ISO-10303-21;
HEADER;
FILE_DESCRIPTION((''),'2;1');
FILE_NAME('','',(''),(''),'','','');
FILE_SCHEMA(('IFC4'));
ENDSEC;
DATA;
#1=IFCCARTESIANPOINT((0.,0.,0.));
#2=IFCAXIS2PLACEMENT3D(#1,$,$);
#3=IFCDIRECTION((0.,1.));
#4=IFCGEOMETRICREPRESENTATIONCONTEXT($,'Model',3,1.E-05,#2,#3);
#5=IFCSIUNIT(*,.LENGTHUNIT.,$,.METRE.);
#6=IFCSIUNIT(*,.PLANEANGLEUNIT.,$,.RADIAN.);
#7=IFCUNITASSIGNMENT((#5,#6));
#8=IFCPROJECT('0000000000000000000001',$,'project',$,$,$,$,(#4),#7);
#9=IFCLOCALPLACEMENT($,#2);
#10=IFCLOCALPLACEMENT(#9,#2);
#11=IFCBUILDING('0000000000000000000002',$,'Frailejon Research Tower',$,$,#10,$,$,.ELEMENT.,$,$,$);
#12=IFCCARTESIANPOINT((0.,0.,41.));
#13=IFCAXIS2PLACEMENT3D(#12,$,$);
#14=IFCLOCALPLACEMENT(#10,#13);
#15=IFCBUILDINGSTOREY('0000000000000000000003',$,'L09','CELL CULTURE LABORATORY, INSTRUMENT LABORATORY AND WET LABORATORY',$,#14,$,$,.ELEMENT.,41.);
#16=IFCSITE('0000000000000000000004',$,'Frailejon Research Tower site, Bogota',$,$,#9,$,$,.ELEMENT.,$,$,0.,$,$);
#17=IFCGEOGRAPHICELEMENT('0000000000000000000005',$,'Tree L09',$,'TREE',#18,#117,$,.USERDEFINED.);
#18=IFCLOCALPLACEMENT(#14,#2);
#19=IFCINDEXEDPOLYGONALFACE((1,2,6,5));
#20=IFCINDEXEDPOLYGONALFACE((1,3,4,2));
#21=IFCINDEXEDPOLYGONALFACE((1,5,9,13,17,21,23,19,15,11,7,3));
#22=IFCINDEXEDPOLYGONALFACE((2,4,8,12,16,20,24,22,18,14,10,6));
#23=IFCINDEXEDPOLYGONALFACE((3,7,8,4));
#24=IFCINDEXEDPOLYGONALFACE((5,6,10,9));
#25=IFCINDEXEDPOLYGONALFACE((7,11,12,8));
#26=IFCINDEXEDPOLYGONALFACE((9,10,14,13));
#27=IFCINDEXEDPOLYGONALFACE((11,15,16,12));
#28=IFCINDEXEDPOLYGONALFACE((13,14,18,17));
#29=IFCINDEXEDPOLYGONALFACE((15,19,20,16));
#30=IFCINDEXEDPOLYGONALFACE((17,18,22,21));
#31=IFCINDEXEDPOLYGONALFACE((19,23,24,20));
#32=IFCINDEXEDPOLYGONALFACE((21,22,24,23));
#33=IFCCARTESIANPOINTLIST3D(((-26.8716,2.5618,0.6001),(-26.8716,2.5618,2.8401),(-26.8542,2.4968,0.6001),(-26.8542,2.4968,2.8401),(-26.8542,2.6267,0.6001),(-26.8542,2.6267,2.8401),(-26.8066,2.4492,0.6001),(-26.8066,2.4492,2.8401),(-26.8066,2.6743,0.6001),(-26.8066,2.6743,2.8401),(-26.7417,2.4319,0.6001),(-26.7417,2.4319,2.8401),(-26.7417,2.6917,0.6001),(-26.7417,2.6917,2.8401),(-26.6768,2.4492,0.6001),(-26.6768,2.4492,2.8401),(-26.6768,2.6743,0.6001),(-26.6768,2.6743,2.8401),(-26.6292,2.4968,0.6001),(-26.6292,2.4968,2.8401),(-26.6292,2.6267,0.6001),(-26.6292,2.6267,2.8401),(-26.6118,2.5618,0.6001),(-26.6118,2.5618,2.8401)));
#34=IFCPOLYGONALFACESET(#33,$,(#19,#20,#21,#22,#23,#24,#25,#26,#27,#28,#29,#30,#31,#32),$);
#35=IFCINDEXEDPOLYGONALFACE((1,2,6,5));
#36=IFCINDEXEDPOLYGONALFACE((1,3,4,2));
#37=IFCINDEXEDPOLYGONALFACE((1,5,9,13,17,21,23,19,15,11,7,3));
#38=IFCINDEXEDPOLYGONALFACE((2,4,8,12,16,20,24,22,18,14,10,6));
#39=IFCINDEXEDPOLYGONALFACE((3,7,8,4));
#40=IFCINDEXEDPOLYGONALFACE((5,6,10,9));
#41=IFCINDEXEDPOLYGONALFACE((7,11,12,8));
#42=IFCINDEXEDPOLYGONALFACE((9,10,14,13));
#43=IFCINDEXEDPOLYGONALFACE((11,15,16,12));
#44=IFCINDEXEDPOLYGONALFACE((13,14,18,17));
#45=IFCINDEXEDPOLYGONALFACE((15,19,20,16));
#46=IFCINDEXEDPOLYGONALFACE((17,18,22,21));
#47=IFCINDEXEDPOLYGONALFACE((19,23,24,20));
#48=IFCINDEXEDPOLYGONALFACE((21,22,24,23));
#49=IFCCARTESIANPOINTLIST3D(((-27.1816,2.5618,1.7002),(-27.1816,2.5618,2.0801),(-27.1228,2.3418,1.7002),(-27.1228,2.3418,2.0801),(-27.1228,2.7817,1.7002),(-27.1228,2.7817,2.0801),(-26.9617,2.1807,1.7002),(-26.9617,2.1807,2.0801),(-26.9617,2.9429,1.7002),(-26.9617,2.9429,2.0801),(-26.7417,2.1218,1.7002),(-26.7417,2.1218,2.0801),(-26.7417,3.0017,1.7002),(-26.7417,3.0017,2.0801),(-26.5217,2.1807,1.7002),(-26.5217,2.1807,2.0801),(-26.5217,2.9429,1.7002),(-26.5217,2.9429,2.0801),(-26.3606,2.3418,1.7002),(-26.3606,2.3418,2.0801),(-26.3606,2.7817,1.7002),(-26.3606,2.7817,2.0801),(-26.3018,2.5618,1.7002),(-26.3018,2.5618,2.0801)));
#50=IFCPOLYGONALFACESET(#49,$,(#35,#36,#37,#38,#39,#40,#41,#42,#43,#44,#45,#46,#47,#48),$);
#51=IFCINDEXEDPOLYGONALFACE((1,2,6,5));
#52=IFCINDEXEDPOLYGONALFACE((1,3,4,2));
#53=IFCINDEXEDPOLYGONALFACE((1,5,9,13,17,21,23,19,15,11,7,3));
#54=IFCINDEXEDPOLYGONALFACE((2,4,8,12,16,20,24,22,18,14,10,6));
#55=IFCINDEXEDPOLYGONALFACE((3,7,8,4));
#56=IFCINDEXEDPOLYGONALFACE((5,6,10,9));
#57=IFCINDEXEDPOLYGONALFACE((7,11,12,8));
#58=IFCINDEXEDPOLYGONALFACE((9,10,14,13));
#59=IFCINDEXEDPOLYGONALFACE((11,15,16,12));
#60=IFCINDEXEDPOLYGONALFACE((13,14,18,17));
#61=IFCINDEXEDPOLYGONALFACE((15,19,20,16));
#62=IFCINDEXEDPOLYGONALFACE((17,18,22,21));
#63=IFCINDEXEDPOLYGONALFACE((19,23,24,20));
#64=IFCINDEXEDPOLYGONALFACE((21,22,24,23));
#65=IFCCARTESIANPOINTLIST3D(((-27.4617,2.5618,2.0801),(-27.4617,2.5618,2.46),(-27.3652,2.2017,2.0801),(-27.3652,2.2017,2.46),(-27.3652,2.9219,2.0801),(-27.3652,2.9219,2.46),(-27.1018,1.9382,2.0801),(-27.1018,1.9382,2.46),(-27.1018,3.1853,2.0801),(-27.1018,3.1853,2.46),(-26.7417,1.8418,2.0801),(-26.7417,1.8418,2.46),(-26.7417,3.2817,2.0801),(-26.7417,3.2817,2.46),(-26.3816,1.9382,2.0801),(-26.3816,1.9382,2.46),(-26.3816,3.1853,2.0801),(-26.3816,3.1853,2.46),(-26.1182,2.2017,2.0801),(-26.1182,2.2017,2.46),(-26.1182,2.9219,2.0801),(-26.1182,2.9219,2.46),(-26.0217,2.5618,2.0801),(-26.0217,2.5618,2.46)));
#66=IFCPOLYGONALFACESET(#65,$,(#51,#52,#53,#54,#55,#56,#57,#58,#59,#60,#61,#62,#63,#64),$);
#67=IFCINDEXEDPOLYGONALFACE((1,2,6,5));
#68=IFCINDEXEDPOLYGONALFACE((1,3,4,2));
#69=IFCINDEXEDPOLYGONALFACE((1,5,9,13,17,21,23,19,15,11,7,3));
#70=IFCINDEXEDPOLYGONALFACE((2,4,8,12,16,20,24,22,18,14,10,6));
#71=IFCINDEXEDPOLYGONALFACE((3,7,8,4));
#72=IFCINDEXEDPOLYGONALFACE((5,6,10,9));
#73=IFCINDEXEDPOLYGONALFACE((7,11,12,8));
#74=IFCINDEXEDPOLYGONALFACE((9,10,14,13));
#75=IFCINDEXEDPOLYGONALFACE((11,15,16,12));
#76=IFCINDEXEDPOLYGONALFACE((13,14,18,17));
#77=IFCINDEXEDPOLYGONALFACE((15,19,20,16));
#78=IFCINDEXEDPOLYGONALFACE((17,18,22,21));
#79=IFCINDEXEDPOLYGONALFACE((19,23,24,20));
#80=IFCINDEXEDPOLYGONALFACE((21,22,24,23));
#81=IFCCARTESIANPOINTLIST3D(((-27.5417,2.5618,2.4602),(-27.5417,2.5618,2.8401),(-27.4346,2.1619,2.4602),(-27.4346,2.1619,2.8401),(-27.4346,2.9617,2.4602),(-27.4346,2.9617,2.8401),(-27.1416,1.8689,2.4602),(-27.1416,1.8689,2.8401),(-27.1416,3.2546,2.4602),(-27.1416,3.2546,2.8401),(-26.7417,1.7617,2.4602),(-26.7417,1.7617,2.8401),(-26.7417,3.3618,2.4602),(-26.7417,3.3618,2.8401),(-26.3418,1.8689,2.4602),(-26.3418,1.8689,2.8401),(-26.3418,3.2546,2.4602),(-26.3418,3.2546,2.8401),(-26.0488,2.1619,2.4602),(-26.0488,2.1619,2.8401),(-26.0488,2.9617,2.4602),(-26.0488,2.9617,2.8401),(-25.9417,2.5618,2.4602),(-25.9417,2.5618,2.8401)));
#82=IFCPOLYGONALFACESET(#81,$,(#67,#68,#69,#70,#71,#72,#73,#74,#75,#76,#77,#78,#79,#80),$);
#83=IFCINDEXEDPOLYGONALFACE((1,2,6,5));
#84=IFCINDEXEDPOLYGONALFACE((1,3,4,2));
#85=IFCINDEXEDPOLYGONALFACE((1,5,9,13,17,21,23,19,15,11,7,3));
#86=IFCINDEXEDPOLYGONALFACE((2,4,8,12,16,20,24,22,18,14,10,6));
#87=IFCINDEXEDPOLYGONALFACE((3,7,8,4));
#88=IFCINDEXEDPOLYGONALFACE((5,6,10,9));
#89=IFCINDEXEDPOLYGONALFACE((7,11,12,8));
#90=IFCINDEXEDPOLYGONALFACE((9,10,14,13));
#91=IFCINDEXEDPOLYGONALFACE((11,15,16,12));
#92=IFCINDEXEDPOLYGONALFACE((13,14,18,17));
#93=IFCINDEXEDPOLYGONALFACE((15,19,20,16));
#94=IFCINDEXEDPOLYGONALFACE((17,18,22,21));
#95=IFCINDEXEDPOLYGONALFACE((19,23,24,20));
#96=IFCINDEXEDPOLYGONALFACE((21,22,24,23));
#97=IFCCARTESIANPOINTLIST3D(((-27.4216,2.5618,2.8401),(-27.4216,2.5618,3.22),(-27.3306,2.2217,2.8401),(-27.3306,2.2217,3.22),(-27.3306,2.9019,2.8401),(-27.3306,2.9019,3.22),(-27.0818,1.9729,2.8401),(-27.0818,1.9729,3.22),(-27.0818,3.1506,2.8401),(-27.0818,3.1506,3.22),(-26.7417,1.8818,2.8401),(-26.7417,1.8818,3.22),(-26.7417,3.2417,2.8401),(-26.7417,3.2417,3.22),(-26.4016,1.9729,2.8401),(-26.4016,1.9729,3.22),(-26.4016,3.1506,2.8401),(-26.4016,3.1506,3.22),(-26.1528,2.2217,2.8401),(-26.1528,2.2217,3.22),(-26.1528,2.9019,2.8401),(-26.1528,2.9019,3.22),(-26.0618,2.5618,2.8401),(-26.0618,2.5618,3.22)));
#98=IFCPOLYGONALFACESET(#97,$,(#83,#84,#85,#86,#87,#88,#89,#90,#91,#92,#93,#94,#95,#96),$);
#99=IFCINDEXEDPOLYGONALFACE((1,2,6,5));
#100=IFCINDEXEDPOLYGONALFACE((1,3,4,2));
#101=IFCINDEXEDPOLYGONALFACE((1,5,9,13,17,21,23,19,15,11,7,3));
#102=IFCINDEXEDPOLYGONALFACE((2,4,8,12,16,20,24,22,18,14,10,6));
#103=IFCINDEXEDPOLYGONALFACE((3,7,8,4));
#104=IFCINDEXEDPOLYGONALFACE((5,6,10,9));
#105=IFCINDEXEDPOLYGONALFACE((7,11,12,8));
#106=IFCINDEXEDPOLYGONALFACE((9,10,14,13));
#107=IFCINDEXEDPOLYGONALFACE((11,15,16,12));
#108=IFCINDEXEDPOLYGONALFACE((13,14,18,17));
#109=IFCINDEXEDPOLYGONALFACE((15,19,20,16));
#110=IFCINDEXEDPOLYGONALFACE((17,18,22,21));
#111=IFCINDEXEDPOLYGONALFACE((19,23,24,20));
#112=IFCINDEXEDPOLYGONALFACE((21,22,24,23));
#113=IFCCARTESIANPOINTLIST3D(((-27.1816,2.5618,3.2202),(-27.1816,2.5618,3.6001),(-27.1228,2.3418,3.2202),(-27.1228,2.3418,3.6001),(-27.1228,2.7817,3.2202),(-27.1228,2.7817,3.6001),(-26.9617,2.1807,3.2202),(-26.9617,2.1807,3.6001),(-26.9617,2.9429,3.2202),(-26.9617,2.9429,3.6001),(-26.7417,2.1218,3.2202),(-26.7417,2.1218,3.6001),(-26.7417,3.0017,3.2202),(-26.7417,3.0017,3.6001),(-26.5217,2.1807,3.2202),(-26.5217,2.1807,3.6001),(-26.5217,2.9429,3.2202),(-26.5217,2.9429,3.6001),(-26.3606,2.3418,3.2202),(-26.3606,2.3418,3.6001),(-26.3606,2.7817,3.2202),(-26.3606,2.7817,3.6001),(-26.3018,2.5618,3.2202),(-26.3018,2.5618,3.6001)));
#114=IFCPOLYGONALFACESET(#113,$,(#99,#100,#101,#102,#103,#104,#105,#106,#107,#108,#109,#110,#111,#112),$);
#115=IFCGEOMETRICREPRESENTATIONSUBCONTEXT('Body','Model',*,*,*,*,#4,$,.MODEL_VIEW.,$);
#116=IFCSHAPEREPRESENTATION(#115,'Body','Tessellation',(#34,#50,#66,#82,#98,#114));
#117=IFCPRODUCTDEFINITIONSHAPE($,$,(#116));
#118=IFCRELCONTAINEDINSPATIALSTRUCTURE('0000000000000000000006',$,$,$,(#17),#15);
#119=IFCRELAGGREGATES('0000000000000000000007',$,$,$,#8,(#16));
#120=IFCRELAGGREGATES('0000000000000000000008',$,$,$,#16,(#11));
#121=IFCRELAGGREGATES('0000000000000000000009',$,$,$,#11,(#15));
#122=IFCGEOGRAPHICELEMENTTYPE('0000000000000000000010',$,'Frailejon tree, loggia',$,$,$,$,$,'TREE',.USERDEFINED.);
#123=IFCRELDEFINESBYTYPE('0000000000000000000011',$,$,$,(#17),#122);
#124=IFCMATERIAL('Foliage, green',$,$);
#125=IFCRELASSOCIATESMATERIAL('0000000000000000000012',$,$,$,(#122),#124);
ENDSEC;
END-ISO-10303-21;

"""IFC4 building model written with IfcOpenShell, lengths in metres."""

from ifc_helpers import new_model, si_unit, direction, frame, origin, place, context, subcontext, project, spatial, polyline, outline, extrude, material, type_object, element, save


model = new_model("IFC4")

# Units and contexts
model_context = context("Model", 3, precision=1e-05, world=origin(), true_north=direction((0.0, 1.0)))
body_context = subcontext(model_context, "Body", "Model", "MODEL_VIEW")
ifc_project = project(units=[si_unit("LENGTHUNIT", "METRE"), si_unit("PLANEANGLEUNIT", "RADIAN")], contexts=[model_context])

# Site, building, storey
site_placement = place(None, origin())
site = spatial("IfcSite", under=ifc_project, at=site_placement, Name="Frailejon Research Tower site, Bogota", CompositionType="ELEMENT", RefElevation=0.0)
building_placement = place(site_placement, origin())
building = spatial("IfcBuilding", under=site, at=building_placement, Name="Frailejon Research Tower", CompositionType="ELEMENT")
storey_placement = place(building_placement, frame((0.0, 0.0, 41.0)))
storey = spatial("IfcBuildingStorey", under=building, at=storey_placement, Name="L09", Description="CELL CULTURE LABORATORY, INSTRUMENT LABORATORY AND WET LABORATORY", CompositionType="ELEMENT", Elevation=41.0)

# Geographic element
ifc_material_1 = material(Name="Foliage, green")
geographic_element_type = type_object("IfcGeographicElementType", Name="Frailejon tree, loggia", ElementType="TREE", PredefinedType="USERDEFINED", material=ifc_material_1)
geographic_element_placement = place(storey_placement, frame((-26.7417, 2.5618, 0.6001)))
element("IfcGeographicElement", 1, at=geographic_element_placement, inside=storey, type_object=geographic_element_type, Name="Tree L09", ObjectType="TREE", PredefinedType="USERDEFINED", context=body_context, shape_type="SweptSolid", body=[
    extrude(outline(polyline([(0.1299, 0.0), (0.1125, 0.0649), (0.0649, 0.1125), (0.0, 0.1299), (-0.0649, 0.1125), (-0.1125, 0.0649), (-0.1299, 0.0), (-0.1125, -0.0649), (-0.0649, -0.1125), (0.0, -0.1299), (0.0649, -0.1125), (0.1125, -0.0649), (0.1299, 0.0)])), origin(), (0.0, 0.0, 1.0), 2.24),
    extrude(outline(polyline([(0.4399, 0.0), (0.3811, 0.22), (0.22, 0.3811), (0.0, 0.4399), (-0.22, 0.3811), (-0.3811, 0.22), (-0.4399, 0.0), (-0.3811, -0.22), (-0.22, -0.3811), (0.0, -0.4399), (0.22, -0.3811), (0.3811, -0.22), (0.4399, 0.0)])), frame((0.0, 0.0, 1.1001)), (0.0, 0.0, 1.0), 0.3799),
    extrude(outline(polyline([(0.72, 0.0), (0.6235, 0.3601), (0.3601, 0.6235), (0.0, 0.72), (-0.3601, 0.6235), (-0.6235, 0.3601), (-0.72, 0.0), (-0.6235, -0.3601), (-0.3601, -0.6235), (0.0, -0.72), (0.3601, -0.6235), (0.6235, -0.3601), (0.72, 0.0)])), frame((0.0, 0.0, 1.48)), (0.0, 0.0, 1.0), 0.3799),
    extrude(outline(polyline([(0.8, 0.0), (0.6929, 0.3999), (0.3999, 0.6929), (0.0, 0.8), (-0.3999, 0.6929), (-0.6929, 0.3999), (-0.8, 0.0), (-0.6929, -0.3999), (-0.3999, -0.6929), (0.0, -0.8), (0.3999, -0.6929), (0.6929, -0.3999), (0.8, 0.0)])), frame((0.0, 0.0, 1.8601)), (0.0, 0.0, 1.0), 0.3799),
    extrude(outline(polyline([(0.6799, 0.0), (0.5889, 0.3401), (0.3401, 0.5889), (0.0, 0.6799), (-0.3401, 0.5889), (-0.5889, 0.3401), (-0.6799, 0.0), (-0.5889, -0.3401), (-0.3401, -0.5889), (0.0, -0.6799), (0.3401, -0.5889), (0.5889, -0.3401), (0.6799, 0.0)])), frame((0.0, 0.0, 2.24)), (0.0, 0.0, 1.0), 0.3799),
    extrude(outline(polyline([(0.4399, 0.0), (0.3811, 0.22), (0.22, 0.3811), (0.0, 0.4399), (-0.22, 0.3811), (-0.3811, 0.22), (-0.4399, 0.0), (-0.3811, -0.22), (-0.22, -0.3811), (0.0, -0.4399), (0.22, -0.3811), (0.3811, -0.22), (0.4399, 0.0)])), frame((0.0, 0.0, 2.6201)), (0.0, 0.0, 1.0), 0.3799),
])

save(model, "model.ifc")
